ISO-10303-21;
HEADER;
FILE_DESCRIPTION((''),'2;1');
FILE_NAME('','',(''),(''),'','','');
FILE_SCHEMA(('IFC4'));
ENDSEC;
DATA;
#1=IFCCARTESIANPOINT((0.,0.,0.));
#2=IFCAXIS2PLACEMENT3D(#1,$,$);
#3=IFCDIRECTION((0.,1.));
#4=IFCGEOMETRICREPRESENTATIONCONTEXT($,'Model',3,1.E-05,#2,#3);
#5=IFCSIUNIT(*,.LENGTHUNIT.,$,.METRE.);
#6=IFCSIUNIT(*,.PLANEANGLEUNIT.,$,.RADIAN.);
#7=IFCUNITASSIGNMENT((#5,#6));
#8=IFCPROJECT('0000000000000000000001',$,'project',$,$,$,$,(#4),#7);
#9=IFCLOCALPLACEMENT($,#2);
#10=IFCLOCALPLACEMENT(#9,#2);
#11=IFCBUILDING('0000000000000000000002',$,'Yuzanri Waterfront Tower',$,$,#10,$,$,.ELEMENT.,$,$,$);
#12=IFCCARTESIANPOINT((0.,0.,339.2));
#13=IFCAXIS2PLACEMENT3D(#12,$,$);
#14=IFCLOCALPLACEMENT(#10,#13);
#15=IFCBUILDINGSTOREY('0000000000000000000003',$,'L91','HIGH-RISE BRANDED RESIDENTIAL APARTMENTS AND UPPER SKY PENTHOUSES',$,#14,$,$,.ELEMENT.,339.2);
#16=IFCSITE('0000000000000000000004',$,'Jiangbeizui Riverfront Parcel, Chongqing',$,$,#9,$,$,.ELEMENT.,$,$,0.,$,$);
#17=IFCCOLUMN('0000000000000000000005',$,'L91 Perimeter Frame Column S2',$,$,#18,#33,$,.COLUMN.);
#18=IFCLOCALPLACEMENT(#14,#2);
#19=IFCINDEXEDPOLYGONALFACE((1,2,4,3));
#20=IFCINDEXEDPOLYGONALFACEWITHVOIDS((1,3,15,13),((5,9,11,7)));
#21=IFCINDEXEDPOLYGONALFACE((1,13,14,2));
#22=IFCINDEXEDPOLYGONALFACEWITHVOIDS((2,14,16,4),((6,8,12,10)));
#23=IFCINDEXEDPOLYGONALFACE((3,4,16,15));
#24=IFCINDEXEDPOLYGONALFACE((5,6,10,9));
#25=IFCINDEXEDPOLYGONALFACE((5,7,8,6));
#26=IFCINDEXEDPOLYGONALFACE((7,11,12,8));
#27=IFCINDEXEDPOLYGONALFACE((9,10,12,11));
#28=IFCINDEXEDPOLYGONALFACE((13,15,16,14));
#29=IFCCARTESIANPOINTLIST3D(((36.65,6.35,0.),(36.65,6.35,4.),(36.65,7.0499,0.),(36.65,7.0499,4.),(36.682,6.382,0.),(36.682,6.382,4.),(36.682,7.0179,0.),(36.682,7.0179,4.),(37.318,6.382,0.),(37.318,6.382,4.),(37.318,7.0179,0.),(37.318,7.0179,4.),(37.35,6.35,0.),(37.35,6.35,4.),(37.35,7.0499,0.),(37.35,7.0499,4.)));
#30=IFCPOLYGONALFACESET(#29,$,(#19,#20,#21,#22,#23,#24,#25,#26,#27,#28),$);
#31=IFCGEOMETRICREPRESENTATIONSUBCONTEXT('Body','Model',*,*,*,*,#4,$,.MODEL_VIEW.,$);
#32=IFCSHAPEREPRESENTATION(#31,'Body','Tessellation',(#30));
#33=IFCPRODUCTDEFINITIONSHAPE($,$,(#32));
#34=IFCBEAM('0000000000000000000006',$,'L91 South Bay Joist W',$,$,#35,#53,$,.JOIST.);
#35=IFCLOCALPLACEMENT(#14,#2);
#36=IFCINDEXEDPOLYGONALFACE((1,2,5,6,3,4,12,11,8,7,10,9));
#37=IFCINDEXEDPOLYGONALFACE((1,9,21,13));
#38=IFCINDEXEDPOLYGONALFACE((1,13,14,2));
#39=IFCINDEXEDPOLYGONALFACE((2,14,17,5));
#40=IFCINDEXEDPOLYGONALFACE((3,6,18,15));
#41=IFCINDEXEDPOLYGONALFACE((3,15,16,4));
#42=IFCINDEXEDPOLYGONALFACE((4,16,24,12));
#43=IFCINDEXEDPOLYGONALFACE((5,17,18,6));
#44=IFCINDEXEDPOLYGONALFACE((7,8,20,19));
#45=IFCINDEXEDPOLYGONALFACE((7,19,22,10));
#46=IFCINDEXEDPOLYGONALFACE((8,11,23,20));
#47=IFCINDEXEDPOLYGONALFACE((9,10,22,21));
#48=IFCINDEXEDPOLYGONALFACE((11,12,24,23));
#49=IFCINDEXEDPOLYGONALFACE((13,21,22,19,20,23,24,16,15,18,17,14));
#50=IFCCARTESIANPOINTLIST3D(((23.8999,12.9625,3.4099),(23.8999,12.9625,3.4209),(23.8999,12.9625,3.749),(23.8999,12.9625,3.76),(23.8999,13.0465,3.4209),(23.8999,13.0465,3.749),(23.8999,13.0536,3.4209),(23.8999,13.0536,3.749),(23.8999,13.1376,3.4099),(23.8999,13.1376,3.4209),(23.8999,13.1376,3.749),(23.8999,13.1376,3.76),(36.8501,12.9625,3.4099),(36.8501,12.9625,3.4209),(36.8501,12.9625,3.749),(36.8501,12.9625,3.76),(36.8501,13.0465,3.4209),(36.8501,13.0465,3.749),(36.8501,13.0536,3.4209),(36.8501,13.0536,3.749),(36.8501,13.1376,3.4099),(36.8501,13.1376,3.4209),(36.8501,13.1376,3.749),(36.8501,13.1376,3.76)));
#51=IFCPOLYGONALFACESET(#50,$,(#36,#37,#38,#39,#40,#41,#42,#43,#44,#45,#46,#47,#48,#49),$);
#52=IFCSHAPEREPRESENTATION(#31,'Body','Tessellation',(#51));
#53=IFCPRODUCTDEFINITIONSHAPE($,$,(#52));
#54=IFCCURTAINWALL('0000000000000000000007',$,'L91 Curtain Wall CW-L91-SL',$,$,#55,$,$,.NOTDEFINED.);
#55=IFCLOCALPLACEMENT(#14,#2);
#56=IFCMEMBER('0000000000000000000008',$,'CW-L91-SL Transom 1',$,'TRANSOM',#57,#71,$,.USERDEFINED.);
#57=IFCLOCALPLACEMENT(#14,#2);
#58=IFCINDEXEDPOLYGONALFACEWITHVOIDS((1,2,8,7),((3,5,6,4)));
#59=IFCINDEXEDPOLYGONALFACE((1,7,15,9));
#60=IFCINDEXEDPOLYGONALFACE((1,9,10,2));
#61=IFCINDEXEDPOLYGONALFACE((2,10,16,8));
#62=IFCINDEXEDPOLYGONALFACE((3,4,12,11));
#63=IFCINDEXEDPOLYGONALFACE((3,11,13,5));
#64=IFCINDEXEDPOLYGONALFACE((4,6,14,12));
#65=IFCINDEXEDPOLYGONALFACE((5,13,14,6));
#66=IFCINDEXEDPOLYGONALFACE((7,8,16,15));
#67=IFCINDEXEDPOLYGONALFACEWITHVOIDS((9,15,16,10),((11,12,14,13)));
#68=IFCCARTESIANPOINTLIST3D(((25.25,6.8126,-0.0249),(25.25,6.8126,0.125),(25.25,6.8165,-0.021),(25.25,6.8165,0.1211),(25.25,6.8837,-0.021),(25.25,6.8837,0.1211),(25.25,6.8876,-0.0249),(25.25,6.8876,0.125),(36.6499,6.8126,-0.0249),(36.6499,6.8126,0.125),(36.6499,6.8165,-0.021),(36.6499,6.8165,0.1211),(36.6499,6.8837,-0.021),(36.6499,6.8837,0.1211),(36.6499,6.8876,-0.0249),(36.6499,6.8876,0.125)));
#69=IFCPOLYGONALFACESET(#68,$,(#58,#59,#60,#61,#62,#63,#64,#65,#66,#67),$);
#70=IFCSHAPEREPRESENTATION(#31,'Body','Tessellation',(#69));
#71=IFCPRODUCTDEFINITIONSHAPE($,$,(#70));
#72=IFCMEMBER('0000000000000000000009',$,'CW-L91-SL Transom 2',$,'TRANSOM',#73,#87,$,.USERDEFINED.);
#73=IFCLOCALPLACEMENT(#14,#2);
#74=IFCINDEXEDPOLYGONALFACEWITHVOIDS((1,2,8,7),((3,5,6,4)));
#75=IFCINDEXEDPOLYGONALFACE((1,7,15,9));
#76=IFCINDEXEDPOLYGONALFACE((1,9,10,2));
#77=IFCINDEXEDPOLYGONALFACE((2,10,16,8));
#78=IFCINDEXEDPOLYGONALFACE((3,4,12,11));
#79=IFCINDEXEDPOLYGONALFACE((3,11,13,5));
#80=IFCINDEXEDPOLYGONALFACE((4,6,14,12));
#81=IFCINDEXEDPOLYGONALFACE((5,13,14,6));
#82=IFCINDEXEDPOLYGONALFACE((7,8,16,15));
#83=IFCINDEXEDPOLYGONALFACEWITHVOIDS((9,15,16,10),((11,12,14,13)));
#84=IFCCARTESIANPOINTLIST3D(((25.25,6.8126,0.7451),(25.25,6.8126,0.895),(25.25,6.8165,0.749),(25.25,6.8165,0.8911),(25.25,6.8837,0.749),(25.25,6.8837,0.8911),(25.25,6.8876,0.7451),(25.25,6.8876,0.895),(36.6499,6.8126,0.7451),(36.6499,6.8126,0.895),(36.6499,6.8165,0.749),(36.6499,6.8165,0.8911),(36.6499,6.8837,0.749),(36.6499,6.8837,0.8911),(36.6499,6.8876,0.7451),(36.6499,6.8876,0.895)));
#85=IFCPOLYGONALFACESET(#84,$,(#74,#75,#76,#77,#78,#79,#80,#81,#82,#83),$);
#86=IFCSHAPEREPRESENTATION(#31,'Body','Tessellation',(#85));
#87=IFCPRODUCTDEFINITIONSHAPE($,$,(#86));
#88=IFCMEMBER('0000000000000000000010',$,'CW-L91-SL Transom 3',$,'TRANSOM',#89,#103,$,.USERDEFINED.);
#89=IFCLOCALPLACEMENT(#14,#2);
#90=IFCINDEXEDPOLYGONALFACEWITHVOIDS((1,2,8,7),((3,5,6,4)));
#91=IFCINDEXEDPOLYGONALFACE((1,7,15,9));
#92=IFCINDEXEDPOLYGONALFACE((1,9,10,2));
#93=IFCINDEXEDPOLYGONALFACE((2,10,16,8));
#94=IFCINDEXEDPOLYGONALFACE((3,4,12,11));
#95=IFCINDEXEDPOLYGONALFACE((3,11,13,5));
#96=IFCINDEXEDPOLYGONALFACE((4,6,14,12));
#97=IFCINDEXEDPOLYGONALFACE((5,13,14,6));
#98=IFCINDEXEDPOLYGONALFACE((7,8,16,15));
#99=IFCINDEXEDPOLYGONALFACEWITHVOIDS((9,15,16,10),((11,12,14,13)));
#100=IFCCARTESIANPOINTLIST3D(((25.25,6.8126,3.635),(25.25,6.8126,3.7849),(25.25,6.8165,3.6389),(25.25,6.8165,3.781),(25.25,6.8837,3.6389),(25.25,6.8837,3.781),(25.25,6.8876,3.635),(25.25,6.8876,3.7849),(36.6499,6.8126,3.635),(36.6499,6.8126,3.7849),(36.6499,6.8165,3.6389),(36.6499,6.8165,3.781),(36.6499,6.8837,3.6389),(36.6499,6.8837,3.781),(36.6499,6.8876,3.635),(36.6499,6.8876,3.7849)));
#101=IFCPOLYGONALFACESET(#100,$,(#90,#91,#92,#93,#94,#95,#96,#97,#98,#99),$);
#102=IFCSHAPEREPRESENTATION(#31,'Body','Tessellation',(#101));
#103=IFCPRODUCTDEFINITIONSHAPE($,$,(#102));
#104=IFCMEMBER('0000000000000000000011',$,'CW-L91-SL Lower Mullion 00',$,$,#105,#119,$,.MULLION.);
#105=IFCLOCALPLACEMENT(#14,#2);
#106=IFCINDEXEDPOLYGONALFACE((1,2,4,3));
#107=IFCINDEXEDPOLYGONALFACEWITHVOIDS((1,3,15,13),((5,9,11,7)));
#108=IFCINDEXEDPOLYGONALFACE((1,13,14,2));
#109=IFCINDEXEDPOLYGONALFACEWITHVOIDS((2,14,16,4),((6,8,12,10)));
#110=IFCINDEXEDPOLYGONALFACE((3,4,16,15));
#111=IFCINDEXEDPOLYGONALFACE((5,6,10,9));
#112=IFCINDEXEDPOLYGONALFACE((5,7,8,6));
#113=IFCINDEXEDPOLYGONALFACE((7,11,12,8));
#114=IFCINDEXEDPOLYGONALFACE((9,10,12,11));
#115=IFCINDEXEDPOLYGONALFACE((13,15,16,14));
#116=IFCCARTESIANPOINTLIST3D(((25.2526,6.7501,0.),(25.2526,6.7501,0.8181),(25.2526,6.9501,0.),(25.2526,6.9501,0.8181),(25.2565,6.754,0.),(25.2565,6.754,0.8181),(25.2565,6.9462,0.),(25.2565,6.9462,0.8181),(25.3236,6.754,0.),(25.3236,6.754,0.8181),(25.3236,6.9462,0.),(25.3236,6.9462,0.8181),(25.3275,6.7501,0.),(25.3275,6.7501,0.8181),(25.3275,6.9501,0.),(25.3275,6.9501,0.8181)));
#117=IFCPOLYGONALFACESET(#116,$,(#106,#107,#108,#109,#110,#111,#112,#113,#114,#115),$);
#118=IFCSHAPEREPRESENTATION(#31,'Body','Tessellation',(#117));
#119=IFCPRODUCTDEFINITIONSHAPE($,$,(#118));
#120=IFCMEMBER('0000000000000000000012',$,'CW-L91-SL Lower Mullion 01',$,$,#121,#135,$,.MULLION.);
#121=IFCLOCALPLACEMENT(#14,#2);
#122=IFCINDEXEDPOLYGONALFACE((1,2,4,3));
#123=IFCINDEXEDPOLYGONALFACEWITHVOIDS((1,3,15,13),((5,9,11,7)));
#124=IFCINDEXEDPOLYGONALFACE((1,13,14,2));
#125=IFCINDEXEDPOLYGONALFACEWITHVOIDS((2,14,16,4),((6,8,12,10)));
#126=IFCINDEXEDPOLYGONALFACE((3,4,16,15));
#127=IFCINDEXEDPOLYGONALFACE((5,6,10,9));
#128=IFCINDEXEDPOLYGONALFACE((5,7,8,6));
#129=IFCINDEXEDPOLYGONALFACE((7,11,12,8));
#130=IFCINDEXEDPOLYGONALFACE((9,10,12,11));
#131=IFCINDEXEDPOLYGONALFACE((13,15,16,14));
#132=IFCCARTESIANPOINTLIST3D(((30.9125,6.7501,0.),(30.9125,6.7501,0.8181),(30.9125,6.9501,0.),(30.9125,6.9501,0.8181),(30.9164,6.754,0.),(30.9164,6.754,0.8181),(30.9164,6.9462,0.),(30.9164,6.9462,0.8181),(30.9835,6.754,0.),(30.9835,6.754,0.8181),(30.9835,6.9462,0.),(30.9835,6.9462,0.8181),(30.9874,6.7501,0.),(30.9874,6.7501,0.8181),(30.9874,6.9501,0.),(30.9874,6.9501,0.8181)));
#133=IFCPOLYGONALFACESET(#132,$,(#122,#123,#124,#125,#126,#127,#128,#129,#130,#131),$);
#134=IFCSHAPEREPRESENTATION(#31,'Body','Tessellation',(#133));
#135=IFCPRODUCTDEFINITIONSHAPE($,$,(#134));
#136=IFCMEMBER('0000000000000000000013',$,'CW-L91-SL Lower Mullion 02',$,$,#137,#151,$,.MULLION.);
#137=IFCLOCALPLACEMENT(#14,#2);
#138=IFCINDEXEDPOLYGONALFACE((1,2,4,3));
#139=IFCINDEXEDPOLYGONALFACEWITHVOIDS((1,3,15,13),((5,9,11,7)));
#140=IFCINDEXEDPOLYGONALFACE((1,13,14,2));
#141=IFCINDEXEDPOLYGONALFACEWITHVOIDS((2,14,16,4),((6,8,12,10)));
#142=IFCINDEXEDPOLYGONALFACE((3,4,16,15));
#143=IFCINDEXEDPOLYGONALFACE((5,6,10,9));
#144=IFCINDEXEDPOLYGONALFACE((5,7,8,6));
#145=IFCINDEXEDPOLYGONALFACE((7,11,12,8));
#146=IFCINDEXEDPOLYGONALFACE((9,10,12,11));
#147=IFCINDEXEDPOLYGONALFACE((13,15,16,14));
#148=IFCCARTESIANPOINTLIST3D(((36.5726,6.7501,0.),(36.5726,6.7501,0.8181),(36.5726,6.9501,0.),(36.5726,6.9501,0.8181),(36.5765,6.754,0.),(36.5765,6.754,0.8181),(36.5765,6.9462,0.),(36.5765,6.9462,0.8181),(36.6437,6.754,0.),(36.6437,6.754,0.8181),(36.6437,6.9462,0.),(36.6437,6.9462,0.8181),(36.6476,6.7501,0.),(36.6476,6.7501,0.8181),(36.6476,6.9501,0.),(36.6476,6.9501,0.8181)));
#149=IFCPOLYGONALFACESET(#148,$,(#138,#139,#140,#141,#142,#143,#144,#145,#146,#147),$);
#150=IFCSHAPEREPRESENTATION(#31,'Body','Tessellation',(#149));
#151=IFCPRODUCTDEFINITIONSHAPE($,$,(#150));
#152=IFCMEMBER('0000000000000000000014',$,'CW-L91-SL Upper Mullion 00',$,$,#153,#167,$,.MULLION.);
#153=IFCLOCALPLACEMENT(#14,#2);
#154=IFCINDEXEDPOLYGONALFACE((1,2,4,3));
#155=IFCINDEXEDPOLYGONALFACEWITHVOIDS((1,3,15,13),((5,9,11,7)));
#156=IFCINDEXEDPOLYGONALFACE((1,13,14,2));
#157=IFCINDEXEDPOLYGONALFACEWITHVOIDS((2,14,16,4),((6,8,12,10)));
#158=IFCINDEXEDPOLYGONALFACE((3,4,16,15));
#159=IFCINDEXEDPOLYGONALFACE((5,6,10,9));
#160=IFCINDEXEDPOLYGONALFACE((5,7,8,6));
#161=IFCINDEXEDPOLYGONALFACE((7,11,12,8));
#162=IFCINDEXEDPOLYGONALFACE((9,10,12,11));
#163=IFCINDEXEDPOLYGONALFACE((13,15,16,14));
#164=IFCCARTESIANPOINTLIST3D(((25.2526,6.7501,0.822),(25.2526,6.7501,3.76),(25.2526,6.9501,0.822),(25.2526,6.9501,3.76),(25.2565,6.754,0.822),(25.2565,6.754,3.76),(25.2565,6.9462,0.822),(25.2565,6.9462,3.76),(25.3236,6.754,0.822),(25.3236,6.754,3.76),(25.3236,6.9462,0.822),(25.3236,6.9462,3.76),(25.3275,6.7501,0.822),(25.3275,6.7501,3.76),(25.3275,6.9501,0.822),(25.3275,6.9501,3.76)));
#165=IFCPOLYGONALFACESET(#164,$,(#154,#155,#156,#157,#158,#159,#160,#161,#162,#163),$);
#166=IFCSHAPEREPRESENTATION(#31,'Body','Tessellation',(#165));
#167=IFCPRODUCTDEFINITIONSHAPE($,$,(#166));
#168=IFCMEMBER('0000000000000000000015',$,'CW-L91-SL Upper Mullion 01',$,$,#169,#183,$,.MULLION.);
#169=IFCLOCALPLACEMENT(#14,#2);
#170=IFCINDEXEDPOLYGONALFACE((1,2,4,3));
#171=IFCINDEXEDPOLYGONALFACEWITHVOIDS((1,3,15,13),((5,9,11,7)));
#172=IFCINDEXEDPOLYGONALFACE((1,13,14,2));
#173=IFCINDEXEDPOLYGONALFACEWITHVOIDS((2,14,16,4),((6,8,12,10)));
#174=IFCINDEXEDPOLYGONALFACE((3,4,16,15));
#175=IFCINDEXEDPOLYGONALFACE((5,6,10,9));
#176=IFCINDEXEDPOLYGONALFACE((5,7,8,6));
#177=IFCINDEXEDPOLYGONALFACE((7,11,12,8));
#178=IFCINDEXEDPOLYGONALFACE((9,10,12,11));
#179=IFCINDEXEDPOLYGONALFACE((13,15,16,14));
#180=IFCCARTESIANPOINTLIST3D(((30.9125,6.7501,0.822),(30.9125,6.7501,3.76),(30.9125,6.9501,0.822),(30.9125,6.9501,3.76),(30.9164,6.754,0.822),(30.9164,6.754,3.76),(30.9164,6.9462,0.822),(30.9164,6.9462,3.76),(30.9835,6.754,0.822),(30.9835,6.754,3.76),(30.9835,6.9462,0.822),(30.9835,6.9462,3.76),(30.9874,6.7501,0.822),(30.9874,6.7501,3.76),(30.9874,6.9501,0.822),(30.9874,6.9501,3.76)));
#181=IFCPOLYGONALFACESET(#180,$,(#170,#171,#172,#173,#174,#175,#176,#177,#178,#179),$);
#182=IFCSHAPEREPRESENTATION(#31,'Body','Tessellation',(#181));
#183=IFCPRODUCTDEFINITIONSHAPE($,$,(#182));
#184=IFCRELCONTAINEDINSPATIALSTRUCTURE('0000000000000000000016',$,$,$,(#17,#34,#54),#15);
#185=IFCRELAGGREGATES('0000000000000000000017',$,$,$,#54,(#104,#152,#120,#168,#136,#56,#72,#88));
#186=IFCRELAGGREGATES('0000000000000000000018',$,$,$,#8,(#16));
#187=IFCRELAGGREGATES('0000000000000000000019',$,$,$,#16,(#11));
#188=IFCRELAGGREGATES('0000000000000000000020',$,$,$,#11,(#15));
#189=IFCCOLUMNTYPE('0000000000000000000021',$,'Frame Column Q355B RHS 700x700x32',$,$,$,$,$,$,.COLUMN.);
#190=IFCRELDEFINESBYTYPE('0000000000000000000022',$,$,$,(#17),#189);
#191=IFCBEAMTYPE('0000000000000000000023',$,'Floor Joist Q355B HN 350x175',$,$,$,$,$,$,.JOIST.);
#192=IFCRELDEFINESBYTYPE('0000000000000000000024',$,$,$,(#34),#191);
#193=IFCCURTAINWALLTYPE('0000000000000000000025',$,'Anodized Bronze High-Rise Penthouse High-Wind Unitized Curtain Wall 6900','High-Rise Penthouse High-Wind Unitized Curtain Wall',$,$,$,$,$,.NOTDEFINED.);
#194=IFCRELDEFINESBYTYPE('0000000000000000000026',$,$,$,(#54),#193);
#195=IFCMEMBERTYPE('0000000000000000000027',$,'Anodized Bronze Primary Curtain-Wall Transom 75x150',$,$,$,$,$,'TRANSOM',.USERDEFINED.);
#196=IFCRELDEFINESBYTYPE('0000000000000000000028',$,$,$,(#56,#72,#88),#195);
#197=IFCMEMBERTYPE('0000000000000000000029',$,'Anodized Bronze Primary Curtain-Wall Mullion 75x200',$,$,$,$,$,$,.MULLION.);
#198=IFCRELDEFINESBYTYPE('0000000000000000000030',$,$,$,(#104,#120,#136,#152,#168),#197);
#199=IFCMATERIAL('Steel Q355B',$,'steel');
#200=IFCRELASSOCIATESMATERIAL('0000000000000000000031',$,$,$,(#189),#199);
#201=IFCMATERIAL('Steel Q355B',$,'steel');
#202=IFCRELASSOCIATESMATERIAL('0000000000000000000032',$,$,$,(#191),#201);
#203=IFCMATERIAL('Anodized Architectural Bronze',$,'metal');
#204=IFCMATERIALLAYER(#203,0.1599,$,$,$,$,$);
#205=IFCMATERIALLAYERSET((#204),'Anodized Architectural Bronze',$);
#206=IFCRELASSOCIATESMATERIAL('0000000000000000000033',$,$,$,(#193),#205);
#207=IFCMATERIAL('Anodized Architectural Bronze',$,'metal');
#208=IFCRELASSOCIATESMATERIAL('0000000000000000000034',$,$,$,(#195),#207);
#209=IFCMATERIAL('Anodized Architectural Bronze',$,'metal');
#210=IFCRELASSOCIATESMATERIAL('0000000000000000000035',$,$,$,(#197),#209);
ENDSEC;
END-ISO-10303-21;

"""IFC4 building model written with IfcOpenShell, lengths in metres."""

from ifc_helpers import new_model, si_unit, direction, frame, origin, origin_2d, place, context, subcontext, project, spatial, hollow_rectangle, i_section, extrude, source, transform, mapped, material, layer, layer_set, material_profile, profile_set, type_object, element, aggregate, save


model = new_model("IFC4")

# Units and contexts
model_context = context("Model", 3, precision=1e-05, world=origin(), true_north=direction((0.0, 1.0)))
body_context = subcontext(model_context, "Body", "Model", "MODEL_VIEW")
ifc_project = project(units=[si_unit("LENGTHUNIT", "METRE"), si_unit("PLANEANGLEUNIT", "RADIAN")], contexts=[model_context])

# Site, building, storey
site_placement = place(None, origin())
site = spatial("IfcSite", under=ifc_project, at=site_placement, Name="Jiangbeizui Riverfront Parcel, Chongqing", CompositionType="ELEMENT", RefElevation=0.0)
building_placement = place(site_placement, origin())
building = spatial("IfcBuilding", under=site, at=building_placement, Name="Yuzanri Waterfront Tower", CompositionType="ELEMENT")
storey_placement = place(building_placement, frame((0.0, 0.0, 339.2)))
storey = spatial("IfcBuildingStorey", under=building, at=storey_placement, Name="L91", Description="HIGH-RISE BRANDED RESIDENTIAL APARTMENTS AND UPPER SKY PENTHOUSES", CompositionType="ELEMENT", Elevation=339.2)

# Column
ifc_material_1 = material(Name="Steel Q355B", Category="steel")
ifc_material_profile_1 = material_profile(ifc_material_1, hollow_rectangle(XDim=0.7, YDim=0.7, WallThickness=0.032, at=origin_2d()), Name="RHS 700x700x32")
ifc_profile_set_1 = profile_set([ifc_material_profile_1], Name="Steel Q355B")
column_type = type_object("IfcColumnType", Name="Frame Column Q355B RHS 700x700x32", PredefinedType="COLUMN", material=ifc_profile_set_1)
shared_shape_1 = source(origin(), body_context, "Body", "SweptSolid", [
    extrude(hollow_rectangle(XDim=0.7, YDim=0.7, WallThickness=0.032, at=origin_2d()), origin(), (0.0, 0.0, 1.0), 4.0),
])
column_placement = place(storey_placement, frame((37.0, 6.7, 0.0), z_axis=(0.0, 0.0, 1.0), x_axis=(1.0, 0.0, 0.0)))
element("IfcColumn", 1, at=column_placement, inside=storey, type_object=column_type, Name="L91 Perimeter Frame Column S2", PredefinedType="COLUMN", context=body_context, shape_type="MappedRepresentation", body=[
    mapped(shared_shape_1, transform((0.0, 0.0, 0.0), scale=1.0)),
])

# Beam
ifc_material_2 = material(Name="Steel Q355B", Category="steel")
ifc_material_profile_2 = material_profile(ifc_material_2, i_section(OverallWidth=0.175, OverallDepth=0.3501, WebThickness=0.0071, FlangeThickness=0.011, at=origin_2d()), Name="HN 350x175x7x11")
ifc_profile_set_2 = profile_set([ifc_material_profile_2], Name="Steel Q355B")
beam_type = type_object("IfcBeamType", Name="Floor Joist Q355B HN 350x175", PredefinedType="JOIST", material=ifc_profile_set_2)
shared_shape_2 = source(origin(), body_context, "Body", "SweptSolid", [
    extrude(i_section(OverallWidth=0.175, OverallDepth=0.3501, WebThickness=0.0071, FlangeThickness=0.011, at=origin_2d()), origin(), (0.0, 0.0, 1.0), 12.9502),
])
beam_placement = place(storey_placement, frame((23.8999, 13.05, 3.585), z_axis=(1.0, 0.0, 0.0), x_axis=(0.0, 1.0, 0.0)))
element("IfcBeam", 2, at=beam_placement, inside=storey, type_object=beam_type, Name="L91 South Bay Joist W", PredefinedType="JOIST", context=body_context, shape_type="MappedRepresentation", body=[
    mapped(shared_shape_2, transform((0.0, 0.0, 0.0), scale=1.0)),
])

# Curtain wall, members
ifc_material_3 = material(Name="Anodized Architectural Bronze", Category="metal")
ifc_layer_1 = layer(ifc_material_3, 0.1599)
ifc_layer_set_1 = layer_set([ifc_layer_1], Name="Anodized Architectural Bronze")
curtain_wall_type = type_object("IfcCurtainWallType", Name="Anodized Bronze High-Rise Penthouse High-Wind Unitized Curtain Wall 6900", Description="High-Rise Penthouse High-Wind Unitized Curtain Wall", PredefinedType="NOTDEFINED", material=ifc_layer_set_1)
curtain_wall_placement = place(storey_placement, origin())
curtain_wall = element("IfcCurtainWall", 3, at=curtain_wall_placement, inside=storey, type_object=curtain_wall_type, Name="L91 Curtain Wall CW-L91-SL", PredefinedType="NOTDEFINED")
ifc_material_4 = material(Name="Anodized Architectural Bronze", Category="metal")
ifc_material_profile_3 = material_profile(ifc_material_4, hollow_rectangle(XDim=0.075, YDim=0.1499, WallThickness=0.0039, at=origin_2d()), Name="CWT 75x150")
ifc_profile_set_3 = profile_set([ifc_material_profile_3], Name="Anodized Architectural Bronze")
member_type_1 = type_object("IfcMemberType", Name="Anodized Bronze Primary Curtain-Wall Transom 75x150", ElementType="TRANSOM", PredefinedType="USERDEFINED", material=ifc_profile_set_3)
shared_shape_3 = source(origin(), body_context, "Body", "SweptSolid", [
    extrude(hollow_rectangle(XDim=0.075, YDim=0.1499, WallThickness=0.0039, at=origin_2d()), origin(), (0.0, 0.0, 1.0), 11.3999),
])
member_1_placement = place(storey_placement, frame((25.25, 6.8501, 0.05), z_axis=(1.0, 0.0, 0.0), x_axis=(0.0, 1.0, 0.0)))
member_1 = element("IfcMember", 4, at=member_1_placement, type_object=member_type_1, Name="CW-L91-SL Transom 1", ObjectType="TRANSOM", PredefinedType="USERDEFINED", context=body_context, shape_type="MappedRepresentation", body=[
    mapped(shared_shape_3, transform((0.0, 0.0, 0.0), scale=1.0)),
])
member_2_placement = place(storey_placement, frame((25.25, 6.8501, 0.8201), z_axis=(1.0, 0.0, 0.0), x_axis=(0.0, 1.0, 0.0)))
member_2 = element("IfcMember", 5, at=member_2_placement, type_object=member_type_1, Name="CW-L91-SL Transom 2", ObjectType="TRANSOM", PredefinedType="USERDEFINED", context=body_context, shape_type="MappedRepresentation", body=[
    mapped(shared_shape_3, transform((0.0, 0.0, 0.0), scale=1.0)),
])
member_3_placement = place(storey_placement, frame((25.25, 6.8501, 3.71), z_axis=(1.0, 0.0, 0.0), x_axis=(0.0, 1.0, 0.0)))
member_3 = element("IfcMember", 6, at=member_3_placement, type_object=member_type_1, Name="CW-L91-SL Transom 3", ObjectType="TRANSOM", PredefinedType="USERDEFINED", context=body_context, shape_type="MappedRepresentation", body=[
    mapped(shared_shape_3, transform((0.0, 0.0, 0.0), scale=1.0)),
])
ifc_material_5 = material(Name="Anodized Architectural Bronze", Category="metal")
ifc_material_profile_4 = material_profile(ifc_material_5, hollow_rectangle(XDim=0.075, YDim=0.2, WallThickness=0.0039, at=origin_2d()), Name="CWM 75x200")
ifc_profile_set_4 = profile_set([ifc_material_profile_4], Name="Anodized Architectural Bronze")
member_type_2 = type_object("IfcMemberType", Name="Anodized Bronze Primary Curtain-Wall Mullion 75x200", PredefinedType="MULLION", material=ifc_profile_set_4)
shared_shape_4 = source(origin(), body_context, "Body", "SweptSolid", [
    extrude(hollow_rectangle(XDim=0.075, YDim=0.2, WallThickness=0.0039, at=origin_2d()), origin(), (0.0, 0.0, 1.0), 0.8181),
])
member_4_placement = place(storey_placement, frame((25.29, 6.8501, 0.0), z_axis=(0.0, 0.0, 1.0), x_axis=(1.0, 0.0, 0.0)))
member_4 = element("IfcMember", 7, at=member_4_placement, type_object=member_type_2, Name="CW-L91-SL Lower Mullion 00", PredefinedType="MULLION", context=body_context, shape_type="MappedRepresentation", body=[
    mapped(shared_shape_4, transform((0.0, 0.0, 0.0), scale=1.0)),
])
member_5_placement = place(storey_placement, frame((30.95, 6.8501, 0.0), z_axis=(0.0, 0.0, 1.0), x_axis=(1.0, 0.0, 0.0)))
member_5 = element("IfcMember", 8, at=member_5_placement, type_object=member_type_2, Name="CW-L91-SL Lower Mullion 01", PredefinedType="MULLION", context=body_context, shape_type="MappedRepresentation", body=[
    mapped(shared_shape_4, transform((0.0, 0.0, 0.0), scale=1.0)),
])
member_6_placement = place(storey_placement, frame((36.6101, 6.8501, 0.0), z_axis=(0.0, 0.0, 1.0), x_axis=(1.0, 0.0, 0.0)))
member_6 = element("IfcMember", 9, at=member_6_placement, type_object=member_type_2, Name="CW-L91-SL Lower Mullion 02", PredefinedType="MULLION", context=body_context, shape_type="MappedRepresentation", body=[
    mapped(shared_shape_4, transform((0.0, 0.0, 0.0), scale=1.0)),
])
shared_shape_5 = source(origin(), body_context, "Body", "SweptSolid", [
    extrude(hollow_rectangle(XDim=0.075, YDim=0.2, WallThickness=0.0039, at=origin_2d()), origin(), (0.0, 0.0, 1.0), 2.938),
])
member_7_placement = place(storey_placement, frame((25.29, 6.8501, 0.822), z_axis=(0.0, 0.0, 1.0), x_axis=(1.0, 0.0, 0.0)))
member_7 = element("IfcMember", 10, at=member_7_placement, type_object=member_type_2, Name="CW-L91-SL Upper Mullion 00", PredefinedType="MULLION", context=body_context, shape_type="MappedRepresentation", body=[
    mapped(shared_shape_5, transform((0.0, 0.0, 0.0), scale=1.0)),
])
member_8_placement = place(storey_placement, frame((30.95, 6.8501, 0.822), z_axis=(0.0, 0.0, 1.0), x_axis=(1.0, 0.0, 0.0)))
member_8 = element("IfcMember", 11, at=member_8_placement, type_object=member_type_2, Name="CW-L91-SL Upper Mullion 01", PredefinedType="MULLION", context=body_context, shape_type="MappedRepresentation", body=[
    mapped(shared_shape_5, transform((0.0, 0.0, 0.0), scale=1.0)),
])

aggregate(curtain_wall, [member_4, member_7, member_5, member_8, member_6, member_1, member_2, member_3])

save(model, "model.ifc")
